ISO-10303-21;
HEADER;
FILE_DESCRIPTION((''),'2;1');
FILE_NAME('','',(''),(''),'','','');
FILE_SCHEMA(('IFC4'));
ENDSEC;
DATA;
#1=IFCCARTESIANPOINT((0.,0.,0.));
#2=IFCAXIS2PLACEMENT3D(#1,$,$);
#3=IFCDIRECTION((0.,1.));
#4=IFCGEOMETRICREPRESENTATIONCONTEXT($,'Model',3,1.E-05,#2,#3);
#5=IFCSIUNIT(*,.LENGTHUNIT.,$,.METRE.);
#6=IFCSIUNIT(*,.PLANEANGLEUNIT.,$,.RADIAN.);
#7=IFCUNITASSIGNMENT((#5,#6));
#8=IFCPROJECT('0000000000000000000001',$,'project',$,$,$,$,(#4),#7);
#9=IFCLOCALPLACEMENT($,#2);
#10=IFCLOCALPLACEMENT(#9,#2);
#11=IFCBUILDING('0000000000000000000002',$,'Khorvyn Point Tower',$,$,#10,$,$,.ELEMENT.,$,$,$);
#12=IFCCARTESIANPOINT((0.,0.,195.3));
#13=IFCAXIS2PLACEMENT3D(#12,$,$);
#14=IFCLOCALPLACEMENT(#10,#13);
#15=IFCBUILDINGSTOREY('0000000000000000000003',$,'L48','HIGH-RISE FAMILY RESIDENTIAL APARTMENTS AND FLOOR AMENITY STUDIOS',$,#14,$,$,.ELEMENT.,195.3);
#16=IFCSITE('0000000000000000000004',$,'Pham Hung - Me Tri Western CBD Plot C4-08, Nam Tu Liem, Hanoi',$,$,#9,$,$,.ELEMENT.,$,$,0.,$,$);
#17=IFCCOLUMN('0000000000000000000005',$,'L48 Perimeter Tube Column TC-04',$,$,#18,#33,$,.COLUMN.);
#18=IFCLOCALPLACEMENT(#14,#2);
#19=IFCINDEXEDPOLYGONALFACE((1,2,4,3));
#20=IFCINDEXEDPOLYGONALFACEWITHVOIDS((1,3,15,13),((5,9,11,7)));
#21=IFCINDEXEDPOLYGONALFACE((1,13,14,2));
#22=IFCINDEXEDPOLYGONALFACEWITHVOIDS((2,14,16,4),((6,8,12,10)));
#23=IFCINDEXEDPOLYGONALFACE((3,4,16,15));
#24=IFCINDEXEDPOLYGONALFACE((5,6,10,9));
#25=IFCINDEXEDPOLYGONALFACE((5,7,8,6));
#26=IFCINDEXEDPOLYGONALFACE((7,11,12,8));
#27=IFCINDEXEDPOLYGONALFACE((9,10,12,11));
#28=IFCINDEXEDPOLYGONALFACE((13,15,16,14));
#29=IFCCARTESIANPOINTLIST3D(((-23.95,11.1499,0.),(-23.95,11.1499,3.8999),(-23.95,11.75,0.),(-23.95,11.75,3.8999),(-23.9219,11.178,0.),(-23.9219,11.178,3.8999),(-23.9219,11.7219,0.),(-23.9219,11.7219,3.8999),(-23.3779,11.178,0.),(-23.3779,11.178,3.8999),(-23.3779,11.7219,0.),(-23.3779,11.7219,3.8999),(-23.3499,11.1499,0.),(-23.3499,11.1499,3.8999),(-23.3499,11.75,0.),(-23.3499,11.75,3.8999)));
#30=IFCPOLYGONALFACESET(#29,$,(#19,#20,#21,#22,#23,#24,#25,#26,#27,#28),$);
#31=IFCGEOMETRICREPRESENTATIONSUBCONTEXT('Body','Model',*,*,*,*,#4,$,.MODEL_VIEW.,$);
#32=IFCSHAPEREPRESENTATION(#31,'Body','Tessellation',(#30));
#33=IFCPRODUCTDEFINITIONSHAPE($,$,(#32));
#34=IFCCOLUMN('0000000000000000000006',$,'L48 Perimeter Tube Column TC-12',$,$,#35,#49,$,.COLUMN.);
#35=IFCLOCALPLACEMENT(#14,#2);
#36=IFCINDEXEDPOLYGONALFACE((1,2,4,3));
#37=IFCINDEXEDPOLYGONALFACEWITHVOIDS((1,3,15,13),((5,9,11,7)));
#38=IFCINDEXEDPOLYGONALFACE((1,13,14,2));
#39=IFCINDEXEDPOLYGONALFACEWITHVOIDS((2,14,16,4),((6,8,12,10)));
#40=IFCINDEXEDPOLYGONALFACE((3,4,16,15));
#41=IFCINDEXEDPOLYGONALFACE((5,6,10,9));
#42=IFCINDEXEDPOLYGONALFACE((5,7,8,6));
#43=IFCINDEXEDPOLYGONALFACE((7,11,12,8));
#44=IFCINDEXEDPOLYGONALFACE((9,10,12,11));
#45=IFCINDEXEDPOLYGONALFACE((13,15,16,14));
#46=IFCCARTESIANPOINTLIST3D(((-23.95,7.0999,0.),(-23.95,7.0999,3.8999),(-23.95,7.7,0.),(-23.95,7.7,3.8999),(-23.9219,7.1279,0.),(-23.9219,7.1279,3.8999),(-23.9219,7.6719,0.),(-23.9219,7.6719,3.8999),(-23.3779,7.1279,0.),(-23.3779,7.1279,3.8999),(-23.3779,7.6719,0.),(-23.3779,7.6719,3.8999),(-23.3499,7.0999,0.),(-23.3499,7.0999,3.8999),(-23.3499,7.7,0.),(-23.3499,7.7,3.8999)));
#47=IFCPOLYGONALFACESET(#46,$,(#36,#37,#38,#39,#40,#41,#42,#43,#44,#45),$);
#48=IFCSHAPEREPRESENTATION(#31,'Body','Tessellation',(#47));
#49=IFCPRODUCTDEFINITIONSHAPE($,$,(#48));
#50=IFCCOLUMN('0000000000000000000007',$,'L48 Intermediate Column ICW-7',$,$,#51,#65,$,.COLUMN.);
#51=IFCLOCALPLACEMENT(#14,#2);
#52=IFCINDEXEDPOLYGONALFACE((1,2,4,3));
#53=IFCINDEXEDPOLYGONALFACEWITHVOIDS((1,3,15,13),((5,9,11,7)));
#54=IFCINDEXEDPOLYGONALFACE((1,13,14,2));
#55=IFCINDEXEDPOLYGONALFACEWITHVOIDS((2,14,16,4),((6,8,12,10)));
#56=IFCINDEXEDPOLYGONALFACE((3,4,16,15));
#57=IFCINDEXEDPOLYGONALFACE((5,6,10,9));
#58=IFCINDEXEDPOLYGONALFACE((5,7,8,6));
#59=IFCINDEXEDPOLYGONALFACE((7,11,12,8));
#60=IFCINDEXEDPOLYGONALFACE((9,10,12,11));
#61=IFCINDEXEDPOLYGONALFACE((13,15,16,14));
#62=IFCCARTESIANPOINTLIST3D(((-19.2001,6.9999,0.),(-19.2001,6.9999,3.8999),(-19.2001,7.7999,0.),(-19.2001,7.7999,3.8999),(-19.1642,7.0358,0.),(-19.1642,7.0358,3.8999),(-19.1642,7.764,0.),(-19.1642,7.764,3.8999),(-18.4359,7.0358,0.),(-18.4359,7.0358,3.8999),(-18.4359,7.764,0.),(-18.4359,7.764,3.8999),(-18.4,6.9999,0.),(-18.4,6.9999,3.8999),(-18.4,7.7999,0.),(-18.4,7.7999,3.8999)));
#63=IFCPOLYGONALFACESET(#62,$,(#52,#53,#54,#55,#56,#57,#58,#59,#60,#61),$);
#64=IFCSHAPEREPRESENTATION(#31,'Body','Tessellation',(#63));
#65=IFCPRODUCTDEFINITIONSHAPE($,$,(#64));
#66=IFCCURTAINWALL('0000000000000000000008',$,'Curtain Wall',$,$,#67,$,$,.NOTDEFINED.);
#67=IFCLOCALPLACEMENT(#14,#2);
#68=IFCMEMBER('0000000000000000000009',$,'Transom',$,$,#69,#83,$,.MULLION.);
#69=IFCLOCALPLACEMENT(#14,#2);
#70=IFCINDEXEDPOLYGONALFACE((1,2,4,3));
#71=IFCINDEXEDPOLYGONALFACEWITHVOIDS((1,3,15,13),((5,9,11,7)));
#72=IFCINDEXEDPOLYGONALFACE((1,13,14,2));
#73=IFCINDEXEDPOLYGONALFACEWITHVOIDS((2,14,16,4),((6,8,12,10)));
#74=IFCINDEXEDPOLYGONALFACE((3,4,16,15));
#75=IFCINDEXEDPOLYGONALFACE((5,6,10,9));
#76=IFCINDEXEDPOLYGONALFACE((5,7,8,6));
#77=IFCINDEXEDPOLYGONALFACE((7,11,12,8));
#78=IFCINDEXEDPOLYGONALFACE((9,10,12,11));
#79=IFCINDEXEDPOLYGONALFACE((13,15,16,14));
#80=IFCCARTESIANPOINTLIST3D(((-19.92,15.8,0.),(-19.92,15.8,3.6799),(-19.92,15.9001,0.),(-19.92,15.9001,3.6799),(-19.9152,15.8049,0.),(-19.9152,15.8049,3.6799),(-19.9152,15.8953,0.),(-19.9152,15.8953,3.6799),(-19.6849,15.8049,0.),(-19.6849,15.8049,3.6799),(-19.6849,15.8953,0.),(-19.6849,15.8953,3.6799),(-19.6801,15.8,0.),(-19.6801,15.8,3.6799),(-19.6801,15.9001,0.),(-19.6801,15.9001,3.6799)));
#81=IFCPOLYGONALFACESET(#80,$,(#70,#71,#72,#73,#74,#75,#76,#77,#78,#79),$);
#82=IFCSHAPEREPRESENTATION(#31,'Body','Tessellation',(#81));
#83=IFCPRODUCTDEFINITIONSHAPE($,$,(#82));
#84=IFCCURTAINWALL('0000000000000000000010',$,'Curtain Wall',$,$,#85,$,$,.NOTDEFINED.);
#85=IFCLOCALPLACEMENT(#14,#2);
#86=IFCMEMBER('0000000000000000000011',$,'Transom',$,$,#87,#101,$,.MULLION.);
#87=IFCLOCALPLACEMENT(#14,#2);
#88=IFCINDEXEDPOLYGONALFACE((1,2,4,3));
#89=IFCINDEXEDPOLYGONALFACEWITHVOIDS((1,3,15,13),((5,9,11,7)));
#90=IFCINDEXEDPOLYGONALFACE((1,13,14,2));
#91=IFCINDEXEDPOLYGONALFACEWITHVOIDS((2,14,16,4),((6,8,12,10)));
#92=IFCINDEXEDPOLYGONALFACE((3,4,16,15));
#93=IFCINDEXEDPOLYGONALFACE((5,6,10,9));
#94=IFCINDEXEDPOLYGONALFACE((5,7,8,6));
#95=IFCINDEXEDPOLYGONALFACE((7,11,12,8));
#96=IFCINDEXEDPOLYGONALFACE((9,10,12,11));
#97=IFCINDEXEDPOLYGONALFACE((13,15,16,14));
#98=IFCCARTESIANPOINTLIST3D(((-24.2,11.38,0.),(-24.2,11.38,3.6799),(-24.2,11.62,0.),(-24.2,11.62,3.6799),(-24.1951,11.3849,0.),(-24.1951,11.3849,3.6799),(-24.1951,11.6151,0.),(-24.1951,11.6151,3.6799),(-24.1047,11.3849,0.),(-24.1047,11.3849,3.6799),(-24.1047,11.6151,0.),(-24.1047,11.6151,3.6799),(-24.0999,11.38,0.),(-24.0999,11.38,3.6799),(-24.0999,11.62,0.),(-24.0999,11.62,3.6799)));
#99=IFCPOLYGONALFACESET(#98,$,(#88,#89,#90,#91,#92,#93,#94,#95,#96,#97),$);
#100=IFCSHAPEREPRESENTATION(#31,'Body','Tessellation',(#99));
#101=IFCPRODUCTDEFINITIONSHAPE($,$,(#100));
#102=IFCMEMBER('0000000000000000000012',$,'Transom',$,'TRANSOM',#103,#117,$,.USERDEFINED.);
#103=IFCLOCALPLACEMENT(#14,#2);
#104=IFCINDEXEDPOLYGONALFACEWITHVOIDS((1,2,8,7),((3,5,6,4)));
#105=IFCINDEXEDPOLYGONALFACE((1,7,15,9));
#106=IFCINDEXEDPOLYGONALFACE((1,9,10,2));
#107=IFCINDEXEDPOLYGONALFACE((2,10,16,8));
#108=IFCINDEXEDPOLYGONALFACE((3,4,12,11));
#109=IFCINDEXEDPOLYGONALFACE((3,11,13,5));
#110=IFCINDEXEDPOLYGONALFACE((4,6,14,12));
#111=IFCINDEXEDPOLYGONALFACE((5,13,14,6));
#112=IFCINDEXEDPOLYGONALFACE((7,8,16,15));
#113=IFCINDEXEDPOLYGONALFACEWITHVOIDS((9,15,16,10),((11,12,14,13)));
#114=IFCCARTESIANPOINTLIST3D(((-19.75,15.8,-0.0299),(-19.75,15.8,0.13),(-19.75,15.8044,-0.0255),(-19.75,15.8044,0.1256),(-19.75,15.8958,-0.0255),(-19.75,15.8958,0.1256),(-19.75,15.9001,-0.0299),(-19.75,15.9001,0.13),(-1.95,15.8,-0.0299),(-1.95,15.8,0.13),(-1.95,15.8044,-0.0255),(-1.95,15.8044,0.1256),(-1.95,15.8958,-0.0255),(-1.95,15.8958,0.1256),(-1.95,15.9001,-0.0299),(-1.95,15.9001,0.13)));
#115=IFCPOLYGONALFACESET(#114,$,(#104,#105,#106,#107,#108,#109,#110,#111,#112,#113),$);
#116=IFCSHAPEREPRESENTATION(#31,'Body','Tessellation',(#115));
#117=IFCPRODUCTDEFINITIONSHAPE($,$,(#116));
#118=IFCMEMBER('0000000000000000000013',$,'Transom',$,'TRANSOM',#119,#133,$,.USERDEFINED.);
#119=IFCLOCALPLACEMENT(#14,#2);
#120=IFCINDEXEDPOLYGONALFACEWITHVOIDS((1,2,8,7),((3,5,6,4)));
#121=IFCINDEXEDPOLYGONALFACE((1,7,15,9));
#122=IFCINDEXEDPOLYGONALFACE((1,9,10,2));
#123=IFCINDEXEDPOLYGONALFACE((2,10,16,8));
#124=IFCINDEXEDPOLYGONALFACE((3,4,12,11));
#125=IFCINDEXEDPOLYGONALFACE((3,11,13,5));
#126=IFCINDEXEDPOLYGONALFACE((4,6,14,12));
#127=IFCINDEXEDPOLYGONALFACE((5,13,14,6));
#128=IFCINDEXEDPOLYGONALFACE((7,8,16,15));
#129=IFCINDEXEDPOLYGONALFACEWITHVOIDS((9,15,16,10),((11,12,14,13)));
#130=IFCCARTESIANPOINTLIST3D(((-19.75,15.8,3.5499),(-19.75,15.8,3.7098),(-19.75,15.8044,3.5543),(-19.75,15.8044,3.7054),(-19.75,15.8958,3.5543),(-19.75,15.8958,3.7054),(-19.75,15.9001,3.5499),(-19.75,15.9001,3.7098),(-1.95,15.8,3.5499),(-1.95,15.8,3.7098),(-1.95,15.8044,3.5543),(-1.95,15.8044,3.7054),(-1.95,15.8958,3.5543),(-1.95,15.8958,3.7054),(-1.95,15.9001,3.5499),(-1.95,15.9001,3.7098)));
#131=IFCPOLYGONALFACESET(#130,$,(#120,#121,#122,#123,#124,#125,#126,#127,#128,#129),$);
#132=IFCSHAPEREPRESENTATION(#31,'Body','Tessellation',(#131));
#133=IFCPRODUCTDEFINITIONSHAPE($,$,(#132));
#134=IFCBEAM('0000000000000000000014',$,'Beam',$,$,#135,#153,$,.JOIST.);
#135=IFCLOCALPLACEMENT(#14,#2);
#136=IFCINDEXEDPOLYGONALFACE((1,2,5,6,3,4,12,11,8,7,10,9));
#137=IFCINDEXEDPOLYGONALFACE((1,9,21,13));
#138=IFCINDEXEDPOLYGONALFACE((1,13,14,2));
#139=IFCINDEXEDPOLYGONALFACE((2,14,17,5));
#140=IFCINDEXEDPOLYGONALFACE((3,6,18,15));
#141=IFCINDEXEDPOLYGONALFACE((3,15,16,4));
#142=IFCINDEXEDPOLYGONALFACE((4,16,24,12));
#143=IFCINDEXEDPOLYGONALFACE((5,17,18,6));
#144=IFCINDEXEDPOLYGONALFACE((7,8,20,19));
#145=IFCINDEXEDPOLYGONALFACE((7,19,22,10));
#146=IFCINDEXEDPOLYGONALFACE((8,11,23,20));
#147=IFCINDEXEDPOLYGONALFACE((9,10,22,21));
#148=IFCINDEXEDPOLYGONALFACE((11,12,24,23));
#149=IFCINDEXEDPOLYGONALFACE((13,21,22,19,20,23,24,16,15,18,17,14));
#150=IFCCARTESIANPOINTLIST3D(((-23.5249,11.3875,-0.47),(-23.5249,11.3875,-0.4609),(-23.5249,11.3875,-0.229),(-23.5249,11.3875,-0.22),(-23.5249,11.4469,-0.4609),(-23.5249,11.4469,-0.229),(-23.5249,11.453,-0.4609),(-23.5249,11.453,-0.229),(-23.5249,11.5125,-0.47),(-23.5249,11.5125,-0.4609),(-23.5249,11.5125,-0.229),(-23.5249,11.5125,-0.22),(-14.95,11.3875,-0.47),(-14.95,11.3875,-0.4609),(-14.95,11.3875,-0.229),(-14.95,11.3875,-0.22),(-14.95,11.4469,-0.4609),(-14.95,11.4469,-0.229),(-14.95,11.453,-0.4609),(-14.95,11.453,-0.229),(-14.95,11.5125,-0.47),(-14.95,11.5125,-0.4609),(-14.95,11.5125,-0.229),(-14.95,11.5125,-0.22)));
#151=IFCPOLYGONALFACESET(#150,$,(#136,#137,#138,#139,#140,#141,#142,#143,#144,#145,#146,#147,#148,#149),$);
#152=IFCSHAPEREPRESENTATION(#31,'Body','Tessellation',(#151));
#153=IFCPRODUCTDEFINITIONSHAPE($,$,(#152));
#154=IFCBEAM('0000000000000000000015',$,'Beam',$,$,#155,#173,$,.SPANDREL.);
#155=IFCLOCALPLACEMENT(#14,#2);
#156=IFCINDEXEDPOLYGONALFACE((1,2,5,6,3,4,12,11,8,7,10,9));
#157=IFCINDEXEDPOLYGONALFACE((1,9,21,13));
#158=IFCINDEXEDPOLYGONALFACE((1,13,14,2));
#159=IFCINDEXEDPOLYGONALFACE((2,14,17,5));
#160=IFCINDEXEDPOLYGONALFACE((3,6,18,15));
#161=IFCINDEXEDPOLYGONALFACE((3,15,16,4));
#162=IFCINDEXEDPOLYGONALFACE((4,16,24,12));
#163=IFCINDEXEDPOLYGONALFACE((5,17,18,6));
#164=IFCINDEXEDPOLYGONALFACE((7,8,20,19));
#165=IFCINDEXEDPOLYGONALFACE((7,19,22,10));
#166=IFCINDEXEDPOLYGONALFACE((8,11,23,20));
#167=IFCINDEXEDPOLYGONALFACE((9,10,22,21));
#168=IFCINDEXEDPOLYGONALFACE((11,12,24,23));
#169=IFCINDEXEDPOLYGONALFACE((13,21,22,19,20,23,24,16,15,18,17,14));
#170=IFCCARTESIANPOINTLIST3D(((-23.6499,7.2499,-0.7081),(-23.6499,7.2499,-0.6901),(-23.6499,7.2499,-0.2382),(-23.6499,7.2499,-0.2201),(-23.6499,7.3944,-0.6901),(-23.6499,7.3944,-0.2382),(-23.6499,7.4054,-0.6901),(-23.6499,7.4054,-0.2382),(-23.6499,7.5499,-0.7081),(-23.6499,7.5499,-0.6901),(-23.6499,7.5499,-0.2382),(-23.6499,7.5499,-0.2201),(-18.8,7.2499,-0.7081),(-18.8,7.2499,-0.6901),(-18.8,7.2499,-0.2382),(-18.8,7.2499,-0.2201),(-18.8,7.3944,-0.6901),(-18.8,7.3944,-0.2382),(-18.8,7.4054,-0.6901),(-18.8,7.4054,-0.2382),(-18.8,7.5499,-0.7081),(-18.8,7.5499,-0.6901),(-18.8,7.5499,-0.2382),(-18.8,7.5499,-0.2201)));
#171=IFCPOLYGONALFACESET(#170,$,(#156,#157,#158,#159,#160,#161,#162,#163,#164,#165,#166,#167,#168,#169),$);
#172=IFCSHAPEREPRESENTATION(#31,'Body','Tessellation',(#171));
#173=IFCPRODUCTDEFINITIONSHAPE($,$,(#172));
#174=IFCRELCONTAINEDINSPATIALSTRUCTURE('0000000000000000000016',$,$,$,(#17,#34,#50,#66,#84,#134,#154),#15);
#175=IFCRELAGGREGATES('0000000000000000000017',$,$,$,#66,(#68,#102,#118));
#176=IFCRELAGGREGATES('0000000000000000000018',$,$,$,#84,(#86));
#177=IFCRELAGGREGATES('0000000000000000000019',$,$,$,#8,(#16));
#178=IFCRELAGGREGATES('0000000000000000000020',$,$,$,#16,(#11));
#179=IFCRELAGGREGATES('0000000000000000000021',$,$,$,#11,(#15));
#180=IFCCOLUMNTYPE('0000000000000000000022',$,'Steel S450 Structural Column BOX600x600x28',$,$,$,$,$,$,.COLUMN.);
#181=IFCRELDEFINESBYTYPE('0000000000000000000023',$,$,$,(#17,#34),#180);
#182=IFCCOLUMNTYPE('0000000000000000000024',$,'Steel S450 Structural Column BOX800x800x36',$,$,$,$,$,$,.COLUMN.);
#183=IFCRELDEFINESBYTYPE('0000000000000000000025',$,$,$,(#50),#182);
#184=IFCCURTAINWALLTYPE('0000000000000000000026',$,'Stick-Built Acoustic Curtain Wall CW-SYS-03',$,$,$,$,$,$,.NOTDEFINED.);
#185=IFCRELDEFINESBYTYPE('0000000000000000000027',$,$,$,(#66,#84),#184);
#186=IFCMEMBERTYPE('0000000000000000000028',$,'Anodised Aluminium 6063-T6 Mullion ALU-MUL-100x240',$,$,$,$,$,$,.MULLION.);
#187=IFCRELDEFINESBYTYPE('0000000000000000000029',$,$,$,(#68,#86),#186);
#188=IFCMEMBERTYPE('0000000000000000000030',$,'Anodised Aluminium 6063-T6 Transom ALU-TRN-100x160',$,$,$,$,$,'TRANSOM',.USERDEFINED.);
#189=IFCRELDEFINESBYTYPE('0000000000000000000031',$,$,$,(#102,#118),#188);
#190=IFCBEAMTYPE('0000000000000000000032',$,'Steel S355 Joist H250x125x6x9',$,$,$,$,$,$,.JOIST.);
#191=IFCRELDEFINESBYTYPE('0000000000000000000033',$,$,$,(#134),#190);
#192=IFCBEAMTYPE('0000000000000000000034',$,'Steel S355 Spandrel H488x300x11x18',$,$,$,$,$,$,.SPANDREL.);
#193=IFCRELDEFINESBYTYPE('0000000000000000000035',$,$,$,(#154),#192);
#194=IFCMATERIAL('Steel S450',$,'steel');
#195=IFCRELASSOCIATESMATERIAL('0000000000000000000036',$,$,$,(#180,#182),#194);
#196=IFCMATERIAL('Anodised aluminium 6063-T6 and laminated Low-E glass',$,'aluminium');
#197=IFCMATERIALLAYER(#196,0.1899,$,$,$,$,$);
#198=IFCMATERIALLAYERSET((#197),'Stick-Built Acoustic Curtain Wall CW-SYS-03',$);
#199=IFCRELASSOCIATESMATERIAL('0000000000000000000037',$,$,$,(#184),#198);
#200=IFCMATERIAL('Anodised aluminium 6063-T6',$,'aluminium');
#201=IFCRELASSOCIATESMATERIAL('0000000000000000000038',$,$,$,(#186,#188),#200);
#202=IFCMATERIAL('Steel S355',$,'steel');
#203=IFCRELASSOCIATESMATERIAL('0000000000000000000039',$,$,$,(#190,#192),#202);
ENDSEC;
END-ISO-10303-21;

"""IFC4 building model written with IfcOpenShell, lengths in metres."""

from ifc_helpers import new_model, si_unit, direction, frame, origin, origin_2d, place, context, subcontext, project, spatial, hollow_rectangle, i_section, extrude, material, layer, layer_set, material_profile, profile_set, type_object, element, aggregate, save


model = new_model("IFC4")

# Units and contexts
model_context = context("Model", 3, precision=1e-05, world=origin(), true_north=direction((0.0, 1.0)))
body_context = subcontext(model_context, "Body", "Model", "MODEL_VIEW")
ifc_project = project(units=[si_unit("LENGTHUNIT", "METRE"), si_unit("PLANEANGLEUNIT", "RADIAN")], contexts=[model_context])

# Site, building, storey
site_placement = place(None, origin())
site = spatial("IfcSite", under=ifc_project, at=site_placement, Name="Pham Hung - Me Tri Western CBD Plot C4-08, Nam Tu Liem, Hanoi", CompositionType="ELEMENT", RefElevation=0.0)
building_placement = place(site_placement, origin())
building = spatial("IfcBuilding", under=site, at=building_placement, Name="Khorvyn Point Tower", CompositionType="ELEMENT")
storey_placement = place(building_placement, frame((0.0, 0.0, 195.3)))
storey = spatial("IfcBuildingStorey", under=building, at=storey_placement, Name="L48", Description="HIGH-RISE FAMILY RESIDENTIAL APARTMENTS AND FLOOR AMENITY STUDIOS", CompositionType="ELEMENT", Elevation=195.3)

# Columns
ifc_material_1 = material(Name="Steel S450", Category="steel")
ifc_material_profile_1 = material_profile(ifc_material_1, hollow_rectangle(XDim=0.6001, YDim=0.6001, WallThickness=0.0281, at=origin_2d()))
ifc_profile_set_1 = profile_set([ifc_material_profile_1], Name="Steel S450 BOX600x600x28")
column_type_1 = type_object("IfcColumnType", Name="Steel S450 Structural Column BOX600x600x28", PredefinedType="COLUMN", material=ifc_profile_set_1)
for number, where, z_axis, x_axis, name in (
    (1, (-23.6499, 11.45, 0.0), (0.0, 0.0, 1.0), (1.0, 0.0, 0.0), "L48 Perimeter Tube Column TC-04"),
    (2, (-23.6499, 7.3999, 0.0), (0.0, 0.0, 1.0), (1.0, 0.0, 0.0), "L48 Perimeter Tube Column TC-12"),
):
    element("IfcColumn", number, at=place(storey_placement, frame(where, z_axis=z_axis, x_axis=x_axis)), inside=storey, type_object=column_type_1, Name=name, PredefinedType="COLUMN", context=body_context, shape_type="SweptSolid", body=[
        extrude(hollow_rectangle(XDim=0.6001, YDim=0.6001, WallThickness=0.0281, at=origin_2d()), origin(), (0.0, 0.0, 1.0), 3.8999),
    ])
ifc_material_profile_2 = material_profile(ifc_material_1, hollow_rectangle(XDim=0.8, YDim=0.8, WallThickness=0.0359, at=origin_2d()))
ifc_profile_set_2 = profile_set([ifc_material_profile_2], Name="Steel S450 BOX800x800x36")
column_type_2 = type_object("IfcColumnType", Name="Steel S450 Structural Column BOX800x800x36", PredefinedType="COLUMN", material=ifc_profile_set_2)
column_placement = place(storey_placement, frame((-18.8, 7.3999, 0.0), z_axis=(0.0, 0.0, 1.0), x_axis=(1.0, 0.0, 0.0)))
element("IfcColumn", 3, at=column_placement, inside=storey, type_object=column_type_2, Name="L48 Intermediate Column ICW-7", PredefinedType="COLUMN", context=body_context, shape_type="SweptSolid", body=[
    extrude(hollow_rectangle(XDim=0.8, YDim=0.8, WallThickness=0.0359, at=origin_2d()), origin(), (0.0, 0.0, 1.0), 3.8999),
])

# Curtain walls, members
ifc_material_2 = material(Name="Anodised aluminium 6063-T6 and laminated Low-E glass", Category="aluminium")
ifc_layer_1 = layer(ifc_material_2, 0.1899)
ifc_layer_set_1 = layer_set([ifc_layer_1], Name="Stick-Built Acoustic Curtain Wall CW-SYS-03")
curtain_wall_type = type_object("IfcCurtainWallType", Name="Stick-Built Acoustic Curtain Wall CW-SYS-03", PredefinedType="NOTDEFINED", material=ifc_layer_set_1)
curtain_wall_1_placement = place(storey_placement, origin())
curtain_wall_1 = element("IfcCurtainWall", 4, at=curtain_wall_1_placement, inside=storey, type_object=curtain_wall_type, Name="Curtain Wall", PredefinedType="NOTDEFINED")
ifc_material_3 = material(Name="Anodised aluminium 6063-T6", Category="aluminium")
ifc_material_profile_3 = material_profile(ifc_material_3, hollow_rectangle(XDim=0.1001, YDim=0.24, WallThickness=0.0049, at=origin_2d()))
ifc_profile_set_3 = profile_set([ifc_material_profile_3], Name="Anodised aluminium 6063-T6 ALU-MUL-100x240")
member_type_1 = type_object("IfcMemberType", Name="Anodised Aluminium 6063-T6 Mullion ALU-MUL-100x240", PredefinedType="MULLION", material=ifc_profile_set_3)
member_1_placement = place(storey_placement, frame((-19.8, 15.8501, 0.0), z_axis=(0.0, 0.0, 1.0), x_axis=(0.0, 1.0, 0.0)))
member_1 = element("IfcMember", 5, at=member_1_placement, type_object=member_type_1, Name="Transom", PredefinedType="MULLION", context=body_context, shape_type="SweptSolid", body=[
    extrude(hollow_rectangle(XDim=0.1001, YDim=0.24, WallThickness=0.0049, at=origin_2d()), origin(), (0.0, 0.0, 1.0), 3.6799),
])
curtain_wall_2_placement = place(storey_placement, origin())
curtain_wall_2 = element("IfcCurtainWall", 6, at=curtain_wall_2_placement, inside=storey, type_object=curtain_wall_type, Name="Curtain Wall", PredefinedType="NOTDEFINED")
member_2_placement = place(storey_placement, frame((-24.1499, 11.5, 0.0), z_axis=(0.0, 0.0, 1.0), x_axis=(-1.0, 0.0, 0.0)))
member_2 = element("IfcMember", 7, at=member_2_placement, type_object=member_type_1, Name="Transom", PredefinedType="MULLION", context=body_context, shape_type="SweptSolid", body=[
    extrude(hollow_rectangle(XDim=0.1001, YDim=0.24, WallThickness=0.0049, at=origin_2d()), origin(), (0.0, 0.0, 1.0), 3.6799),
])

# Members
ifc_material_profile_4 = material_profile(ifc_material_3, hollow_rectangle(XDim=0.1001, YDim=0.1599, WallThickness=0.0044, at=origin_2d()))
ifc_profile_set_4 = profile_set([ifc_material_profile_4], Name="Anodised aluminium 6063-T6 ALU-TRN-100x160")
member_type_2 = type_object("IfcMemberType", Name="Anodised Aluminium 6063-T6 Transom ALU-TRN-100x160", ElementType="TRANSOM", PredefinedType="USERDEFINED", material=ifc_profile_set_4)
member_3_placement = place(storey_placement, frame((-19.75, 15.8501, 0.05), z_axis=(1.0, 0.0, 0.0), x_axis=(0.0, 1.0, 0.0)))
member_3 = element("IfcMember", 8, at=member_3_placement, type_object=member_type_2, Name="Transom", ObjectType="TRANSOM", PredefinedType="USERDEFINED", context=body_context, shape_type="SweptSolid", body=[
    extrude(hollow_rectangle(XDim=0.1001, YDim=0.1599, WallThickness=0.0044, at=origin_2d()), origin(), (0.0, 0.0, 1.0), 17.8),
])
member_4_placement = place(storey_placement, frame((-19.75, 15.8501, 3.6299), z_axis=(1.0, 0.0, 0.0), x_axis=(0.0, 1.0, 0.0)))
member_4 = element("IfcMember", 9, at=member_4_placement, type_object=member_type_2, Name="Transom", ObjectType="TRANSOM", PredefinedType="USERDEFINED", context=body_context, shape_type="SweptSolid", body=[
    extrude(hollow_rectangle(XDim=0.1001, YDim=0.1599, WallThickness=0.0044, at=origin_2d()), origin(), (0.0, 0.0, 1.0), 17.8),
])
aggregate(curtain_wall_1, [member_1, member_3, member_4])

# Beams
ifc_material_4 = material(Name="Steel S355", Category="steel")
ifc_material_profile_5 = material_profile(ifc_material_4, i_section(OverallWidth=0.125, OverallDepth=0.25, WebThickness=0.0061, FlangeThickness=0.009, at=origin_2d()))
ifc_profile_set_5 = profile_set([ifc_material_profile_5], Name="Steel S355 H250x125x6x9")
beam_type_1 = type_object("IfcBeamType", Name="Steel S355 Joist H250x125x6x9", PredefinedType="JOIST", material=ifc_profile_set_5)
beam_1_placement = place(storey_placement, frame((-23.5249, 11.45, -0.345), z_axis=(1.0, 0.0, 0.0), x_axis=(0.0, 1.0, 0.0)))
element("IfcBeam", 10, at=beam_1_placement, inside=storey, type_object=beam_type_1, Name="Beam", PredefinedType="JOIST", context=body_context, shape_type="SweptSolid", body=[
    extrude(i_section(OverallWidth=0.125, OverallDepth=0.25, WebThickness=0.0061, FlangeThickness=0.009, at=origin_2d()), origin(), (0.0, 0.0, 1.0), 8.575),
])
ifc_material_profile_6 = material_profile(ifc_material_4, i_section(OverallWidth=0.3, OverallDepth=0.488, WebThickness=0.011, FlangeThickness=0.0181, at=origin_2d()))
ifc_profile_set_6 = profile_set([ifc_material_profile_6], Name="Steel S355 H488x300x11x18")
beam_type_2 = type_object("IfcBeamType", Name="Steel S355 Spandrel H488x300x11x18", PredefinedType="SPANDREL", material=ifc_profile_set_6)
beam_2_placement = place(storey_placement, frame((-23.6499, 7.3999, -0.4641), z_axis=(1.0, 0.0, 0.0), x_axis=(0.0, 1.0, 0.0)))
element("IfcBeam", 11, at=beam_2_placement, inside=storey, type_object=beam_type_2, Name="Beam", PredefinedType="SPANDREL", context=body_context, shape_type="SweptSolid", body=[
    extrude(i_section(OverallWidth=0.3, OverallDepth=0.488, WebThickness=0.011, FlangeThickness=0.0181, at=origin_2d()), origin(), (0.0, 0.0, 1.0), 4.8499),
])

aggregate(curtain_wall_2, [member_2])

save(model, "model.ifc")
